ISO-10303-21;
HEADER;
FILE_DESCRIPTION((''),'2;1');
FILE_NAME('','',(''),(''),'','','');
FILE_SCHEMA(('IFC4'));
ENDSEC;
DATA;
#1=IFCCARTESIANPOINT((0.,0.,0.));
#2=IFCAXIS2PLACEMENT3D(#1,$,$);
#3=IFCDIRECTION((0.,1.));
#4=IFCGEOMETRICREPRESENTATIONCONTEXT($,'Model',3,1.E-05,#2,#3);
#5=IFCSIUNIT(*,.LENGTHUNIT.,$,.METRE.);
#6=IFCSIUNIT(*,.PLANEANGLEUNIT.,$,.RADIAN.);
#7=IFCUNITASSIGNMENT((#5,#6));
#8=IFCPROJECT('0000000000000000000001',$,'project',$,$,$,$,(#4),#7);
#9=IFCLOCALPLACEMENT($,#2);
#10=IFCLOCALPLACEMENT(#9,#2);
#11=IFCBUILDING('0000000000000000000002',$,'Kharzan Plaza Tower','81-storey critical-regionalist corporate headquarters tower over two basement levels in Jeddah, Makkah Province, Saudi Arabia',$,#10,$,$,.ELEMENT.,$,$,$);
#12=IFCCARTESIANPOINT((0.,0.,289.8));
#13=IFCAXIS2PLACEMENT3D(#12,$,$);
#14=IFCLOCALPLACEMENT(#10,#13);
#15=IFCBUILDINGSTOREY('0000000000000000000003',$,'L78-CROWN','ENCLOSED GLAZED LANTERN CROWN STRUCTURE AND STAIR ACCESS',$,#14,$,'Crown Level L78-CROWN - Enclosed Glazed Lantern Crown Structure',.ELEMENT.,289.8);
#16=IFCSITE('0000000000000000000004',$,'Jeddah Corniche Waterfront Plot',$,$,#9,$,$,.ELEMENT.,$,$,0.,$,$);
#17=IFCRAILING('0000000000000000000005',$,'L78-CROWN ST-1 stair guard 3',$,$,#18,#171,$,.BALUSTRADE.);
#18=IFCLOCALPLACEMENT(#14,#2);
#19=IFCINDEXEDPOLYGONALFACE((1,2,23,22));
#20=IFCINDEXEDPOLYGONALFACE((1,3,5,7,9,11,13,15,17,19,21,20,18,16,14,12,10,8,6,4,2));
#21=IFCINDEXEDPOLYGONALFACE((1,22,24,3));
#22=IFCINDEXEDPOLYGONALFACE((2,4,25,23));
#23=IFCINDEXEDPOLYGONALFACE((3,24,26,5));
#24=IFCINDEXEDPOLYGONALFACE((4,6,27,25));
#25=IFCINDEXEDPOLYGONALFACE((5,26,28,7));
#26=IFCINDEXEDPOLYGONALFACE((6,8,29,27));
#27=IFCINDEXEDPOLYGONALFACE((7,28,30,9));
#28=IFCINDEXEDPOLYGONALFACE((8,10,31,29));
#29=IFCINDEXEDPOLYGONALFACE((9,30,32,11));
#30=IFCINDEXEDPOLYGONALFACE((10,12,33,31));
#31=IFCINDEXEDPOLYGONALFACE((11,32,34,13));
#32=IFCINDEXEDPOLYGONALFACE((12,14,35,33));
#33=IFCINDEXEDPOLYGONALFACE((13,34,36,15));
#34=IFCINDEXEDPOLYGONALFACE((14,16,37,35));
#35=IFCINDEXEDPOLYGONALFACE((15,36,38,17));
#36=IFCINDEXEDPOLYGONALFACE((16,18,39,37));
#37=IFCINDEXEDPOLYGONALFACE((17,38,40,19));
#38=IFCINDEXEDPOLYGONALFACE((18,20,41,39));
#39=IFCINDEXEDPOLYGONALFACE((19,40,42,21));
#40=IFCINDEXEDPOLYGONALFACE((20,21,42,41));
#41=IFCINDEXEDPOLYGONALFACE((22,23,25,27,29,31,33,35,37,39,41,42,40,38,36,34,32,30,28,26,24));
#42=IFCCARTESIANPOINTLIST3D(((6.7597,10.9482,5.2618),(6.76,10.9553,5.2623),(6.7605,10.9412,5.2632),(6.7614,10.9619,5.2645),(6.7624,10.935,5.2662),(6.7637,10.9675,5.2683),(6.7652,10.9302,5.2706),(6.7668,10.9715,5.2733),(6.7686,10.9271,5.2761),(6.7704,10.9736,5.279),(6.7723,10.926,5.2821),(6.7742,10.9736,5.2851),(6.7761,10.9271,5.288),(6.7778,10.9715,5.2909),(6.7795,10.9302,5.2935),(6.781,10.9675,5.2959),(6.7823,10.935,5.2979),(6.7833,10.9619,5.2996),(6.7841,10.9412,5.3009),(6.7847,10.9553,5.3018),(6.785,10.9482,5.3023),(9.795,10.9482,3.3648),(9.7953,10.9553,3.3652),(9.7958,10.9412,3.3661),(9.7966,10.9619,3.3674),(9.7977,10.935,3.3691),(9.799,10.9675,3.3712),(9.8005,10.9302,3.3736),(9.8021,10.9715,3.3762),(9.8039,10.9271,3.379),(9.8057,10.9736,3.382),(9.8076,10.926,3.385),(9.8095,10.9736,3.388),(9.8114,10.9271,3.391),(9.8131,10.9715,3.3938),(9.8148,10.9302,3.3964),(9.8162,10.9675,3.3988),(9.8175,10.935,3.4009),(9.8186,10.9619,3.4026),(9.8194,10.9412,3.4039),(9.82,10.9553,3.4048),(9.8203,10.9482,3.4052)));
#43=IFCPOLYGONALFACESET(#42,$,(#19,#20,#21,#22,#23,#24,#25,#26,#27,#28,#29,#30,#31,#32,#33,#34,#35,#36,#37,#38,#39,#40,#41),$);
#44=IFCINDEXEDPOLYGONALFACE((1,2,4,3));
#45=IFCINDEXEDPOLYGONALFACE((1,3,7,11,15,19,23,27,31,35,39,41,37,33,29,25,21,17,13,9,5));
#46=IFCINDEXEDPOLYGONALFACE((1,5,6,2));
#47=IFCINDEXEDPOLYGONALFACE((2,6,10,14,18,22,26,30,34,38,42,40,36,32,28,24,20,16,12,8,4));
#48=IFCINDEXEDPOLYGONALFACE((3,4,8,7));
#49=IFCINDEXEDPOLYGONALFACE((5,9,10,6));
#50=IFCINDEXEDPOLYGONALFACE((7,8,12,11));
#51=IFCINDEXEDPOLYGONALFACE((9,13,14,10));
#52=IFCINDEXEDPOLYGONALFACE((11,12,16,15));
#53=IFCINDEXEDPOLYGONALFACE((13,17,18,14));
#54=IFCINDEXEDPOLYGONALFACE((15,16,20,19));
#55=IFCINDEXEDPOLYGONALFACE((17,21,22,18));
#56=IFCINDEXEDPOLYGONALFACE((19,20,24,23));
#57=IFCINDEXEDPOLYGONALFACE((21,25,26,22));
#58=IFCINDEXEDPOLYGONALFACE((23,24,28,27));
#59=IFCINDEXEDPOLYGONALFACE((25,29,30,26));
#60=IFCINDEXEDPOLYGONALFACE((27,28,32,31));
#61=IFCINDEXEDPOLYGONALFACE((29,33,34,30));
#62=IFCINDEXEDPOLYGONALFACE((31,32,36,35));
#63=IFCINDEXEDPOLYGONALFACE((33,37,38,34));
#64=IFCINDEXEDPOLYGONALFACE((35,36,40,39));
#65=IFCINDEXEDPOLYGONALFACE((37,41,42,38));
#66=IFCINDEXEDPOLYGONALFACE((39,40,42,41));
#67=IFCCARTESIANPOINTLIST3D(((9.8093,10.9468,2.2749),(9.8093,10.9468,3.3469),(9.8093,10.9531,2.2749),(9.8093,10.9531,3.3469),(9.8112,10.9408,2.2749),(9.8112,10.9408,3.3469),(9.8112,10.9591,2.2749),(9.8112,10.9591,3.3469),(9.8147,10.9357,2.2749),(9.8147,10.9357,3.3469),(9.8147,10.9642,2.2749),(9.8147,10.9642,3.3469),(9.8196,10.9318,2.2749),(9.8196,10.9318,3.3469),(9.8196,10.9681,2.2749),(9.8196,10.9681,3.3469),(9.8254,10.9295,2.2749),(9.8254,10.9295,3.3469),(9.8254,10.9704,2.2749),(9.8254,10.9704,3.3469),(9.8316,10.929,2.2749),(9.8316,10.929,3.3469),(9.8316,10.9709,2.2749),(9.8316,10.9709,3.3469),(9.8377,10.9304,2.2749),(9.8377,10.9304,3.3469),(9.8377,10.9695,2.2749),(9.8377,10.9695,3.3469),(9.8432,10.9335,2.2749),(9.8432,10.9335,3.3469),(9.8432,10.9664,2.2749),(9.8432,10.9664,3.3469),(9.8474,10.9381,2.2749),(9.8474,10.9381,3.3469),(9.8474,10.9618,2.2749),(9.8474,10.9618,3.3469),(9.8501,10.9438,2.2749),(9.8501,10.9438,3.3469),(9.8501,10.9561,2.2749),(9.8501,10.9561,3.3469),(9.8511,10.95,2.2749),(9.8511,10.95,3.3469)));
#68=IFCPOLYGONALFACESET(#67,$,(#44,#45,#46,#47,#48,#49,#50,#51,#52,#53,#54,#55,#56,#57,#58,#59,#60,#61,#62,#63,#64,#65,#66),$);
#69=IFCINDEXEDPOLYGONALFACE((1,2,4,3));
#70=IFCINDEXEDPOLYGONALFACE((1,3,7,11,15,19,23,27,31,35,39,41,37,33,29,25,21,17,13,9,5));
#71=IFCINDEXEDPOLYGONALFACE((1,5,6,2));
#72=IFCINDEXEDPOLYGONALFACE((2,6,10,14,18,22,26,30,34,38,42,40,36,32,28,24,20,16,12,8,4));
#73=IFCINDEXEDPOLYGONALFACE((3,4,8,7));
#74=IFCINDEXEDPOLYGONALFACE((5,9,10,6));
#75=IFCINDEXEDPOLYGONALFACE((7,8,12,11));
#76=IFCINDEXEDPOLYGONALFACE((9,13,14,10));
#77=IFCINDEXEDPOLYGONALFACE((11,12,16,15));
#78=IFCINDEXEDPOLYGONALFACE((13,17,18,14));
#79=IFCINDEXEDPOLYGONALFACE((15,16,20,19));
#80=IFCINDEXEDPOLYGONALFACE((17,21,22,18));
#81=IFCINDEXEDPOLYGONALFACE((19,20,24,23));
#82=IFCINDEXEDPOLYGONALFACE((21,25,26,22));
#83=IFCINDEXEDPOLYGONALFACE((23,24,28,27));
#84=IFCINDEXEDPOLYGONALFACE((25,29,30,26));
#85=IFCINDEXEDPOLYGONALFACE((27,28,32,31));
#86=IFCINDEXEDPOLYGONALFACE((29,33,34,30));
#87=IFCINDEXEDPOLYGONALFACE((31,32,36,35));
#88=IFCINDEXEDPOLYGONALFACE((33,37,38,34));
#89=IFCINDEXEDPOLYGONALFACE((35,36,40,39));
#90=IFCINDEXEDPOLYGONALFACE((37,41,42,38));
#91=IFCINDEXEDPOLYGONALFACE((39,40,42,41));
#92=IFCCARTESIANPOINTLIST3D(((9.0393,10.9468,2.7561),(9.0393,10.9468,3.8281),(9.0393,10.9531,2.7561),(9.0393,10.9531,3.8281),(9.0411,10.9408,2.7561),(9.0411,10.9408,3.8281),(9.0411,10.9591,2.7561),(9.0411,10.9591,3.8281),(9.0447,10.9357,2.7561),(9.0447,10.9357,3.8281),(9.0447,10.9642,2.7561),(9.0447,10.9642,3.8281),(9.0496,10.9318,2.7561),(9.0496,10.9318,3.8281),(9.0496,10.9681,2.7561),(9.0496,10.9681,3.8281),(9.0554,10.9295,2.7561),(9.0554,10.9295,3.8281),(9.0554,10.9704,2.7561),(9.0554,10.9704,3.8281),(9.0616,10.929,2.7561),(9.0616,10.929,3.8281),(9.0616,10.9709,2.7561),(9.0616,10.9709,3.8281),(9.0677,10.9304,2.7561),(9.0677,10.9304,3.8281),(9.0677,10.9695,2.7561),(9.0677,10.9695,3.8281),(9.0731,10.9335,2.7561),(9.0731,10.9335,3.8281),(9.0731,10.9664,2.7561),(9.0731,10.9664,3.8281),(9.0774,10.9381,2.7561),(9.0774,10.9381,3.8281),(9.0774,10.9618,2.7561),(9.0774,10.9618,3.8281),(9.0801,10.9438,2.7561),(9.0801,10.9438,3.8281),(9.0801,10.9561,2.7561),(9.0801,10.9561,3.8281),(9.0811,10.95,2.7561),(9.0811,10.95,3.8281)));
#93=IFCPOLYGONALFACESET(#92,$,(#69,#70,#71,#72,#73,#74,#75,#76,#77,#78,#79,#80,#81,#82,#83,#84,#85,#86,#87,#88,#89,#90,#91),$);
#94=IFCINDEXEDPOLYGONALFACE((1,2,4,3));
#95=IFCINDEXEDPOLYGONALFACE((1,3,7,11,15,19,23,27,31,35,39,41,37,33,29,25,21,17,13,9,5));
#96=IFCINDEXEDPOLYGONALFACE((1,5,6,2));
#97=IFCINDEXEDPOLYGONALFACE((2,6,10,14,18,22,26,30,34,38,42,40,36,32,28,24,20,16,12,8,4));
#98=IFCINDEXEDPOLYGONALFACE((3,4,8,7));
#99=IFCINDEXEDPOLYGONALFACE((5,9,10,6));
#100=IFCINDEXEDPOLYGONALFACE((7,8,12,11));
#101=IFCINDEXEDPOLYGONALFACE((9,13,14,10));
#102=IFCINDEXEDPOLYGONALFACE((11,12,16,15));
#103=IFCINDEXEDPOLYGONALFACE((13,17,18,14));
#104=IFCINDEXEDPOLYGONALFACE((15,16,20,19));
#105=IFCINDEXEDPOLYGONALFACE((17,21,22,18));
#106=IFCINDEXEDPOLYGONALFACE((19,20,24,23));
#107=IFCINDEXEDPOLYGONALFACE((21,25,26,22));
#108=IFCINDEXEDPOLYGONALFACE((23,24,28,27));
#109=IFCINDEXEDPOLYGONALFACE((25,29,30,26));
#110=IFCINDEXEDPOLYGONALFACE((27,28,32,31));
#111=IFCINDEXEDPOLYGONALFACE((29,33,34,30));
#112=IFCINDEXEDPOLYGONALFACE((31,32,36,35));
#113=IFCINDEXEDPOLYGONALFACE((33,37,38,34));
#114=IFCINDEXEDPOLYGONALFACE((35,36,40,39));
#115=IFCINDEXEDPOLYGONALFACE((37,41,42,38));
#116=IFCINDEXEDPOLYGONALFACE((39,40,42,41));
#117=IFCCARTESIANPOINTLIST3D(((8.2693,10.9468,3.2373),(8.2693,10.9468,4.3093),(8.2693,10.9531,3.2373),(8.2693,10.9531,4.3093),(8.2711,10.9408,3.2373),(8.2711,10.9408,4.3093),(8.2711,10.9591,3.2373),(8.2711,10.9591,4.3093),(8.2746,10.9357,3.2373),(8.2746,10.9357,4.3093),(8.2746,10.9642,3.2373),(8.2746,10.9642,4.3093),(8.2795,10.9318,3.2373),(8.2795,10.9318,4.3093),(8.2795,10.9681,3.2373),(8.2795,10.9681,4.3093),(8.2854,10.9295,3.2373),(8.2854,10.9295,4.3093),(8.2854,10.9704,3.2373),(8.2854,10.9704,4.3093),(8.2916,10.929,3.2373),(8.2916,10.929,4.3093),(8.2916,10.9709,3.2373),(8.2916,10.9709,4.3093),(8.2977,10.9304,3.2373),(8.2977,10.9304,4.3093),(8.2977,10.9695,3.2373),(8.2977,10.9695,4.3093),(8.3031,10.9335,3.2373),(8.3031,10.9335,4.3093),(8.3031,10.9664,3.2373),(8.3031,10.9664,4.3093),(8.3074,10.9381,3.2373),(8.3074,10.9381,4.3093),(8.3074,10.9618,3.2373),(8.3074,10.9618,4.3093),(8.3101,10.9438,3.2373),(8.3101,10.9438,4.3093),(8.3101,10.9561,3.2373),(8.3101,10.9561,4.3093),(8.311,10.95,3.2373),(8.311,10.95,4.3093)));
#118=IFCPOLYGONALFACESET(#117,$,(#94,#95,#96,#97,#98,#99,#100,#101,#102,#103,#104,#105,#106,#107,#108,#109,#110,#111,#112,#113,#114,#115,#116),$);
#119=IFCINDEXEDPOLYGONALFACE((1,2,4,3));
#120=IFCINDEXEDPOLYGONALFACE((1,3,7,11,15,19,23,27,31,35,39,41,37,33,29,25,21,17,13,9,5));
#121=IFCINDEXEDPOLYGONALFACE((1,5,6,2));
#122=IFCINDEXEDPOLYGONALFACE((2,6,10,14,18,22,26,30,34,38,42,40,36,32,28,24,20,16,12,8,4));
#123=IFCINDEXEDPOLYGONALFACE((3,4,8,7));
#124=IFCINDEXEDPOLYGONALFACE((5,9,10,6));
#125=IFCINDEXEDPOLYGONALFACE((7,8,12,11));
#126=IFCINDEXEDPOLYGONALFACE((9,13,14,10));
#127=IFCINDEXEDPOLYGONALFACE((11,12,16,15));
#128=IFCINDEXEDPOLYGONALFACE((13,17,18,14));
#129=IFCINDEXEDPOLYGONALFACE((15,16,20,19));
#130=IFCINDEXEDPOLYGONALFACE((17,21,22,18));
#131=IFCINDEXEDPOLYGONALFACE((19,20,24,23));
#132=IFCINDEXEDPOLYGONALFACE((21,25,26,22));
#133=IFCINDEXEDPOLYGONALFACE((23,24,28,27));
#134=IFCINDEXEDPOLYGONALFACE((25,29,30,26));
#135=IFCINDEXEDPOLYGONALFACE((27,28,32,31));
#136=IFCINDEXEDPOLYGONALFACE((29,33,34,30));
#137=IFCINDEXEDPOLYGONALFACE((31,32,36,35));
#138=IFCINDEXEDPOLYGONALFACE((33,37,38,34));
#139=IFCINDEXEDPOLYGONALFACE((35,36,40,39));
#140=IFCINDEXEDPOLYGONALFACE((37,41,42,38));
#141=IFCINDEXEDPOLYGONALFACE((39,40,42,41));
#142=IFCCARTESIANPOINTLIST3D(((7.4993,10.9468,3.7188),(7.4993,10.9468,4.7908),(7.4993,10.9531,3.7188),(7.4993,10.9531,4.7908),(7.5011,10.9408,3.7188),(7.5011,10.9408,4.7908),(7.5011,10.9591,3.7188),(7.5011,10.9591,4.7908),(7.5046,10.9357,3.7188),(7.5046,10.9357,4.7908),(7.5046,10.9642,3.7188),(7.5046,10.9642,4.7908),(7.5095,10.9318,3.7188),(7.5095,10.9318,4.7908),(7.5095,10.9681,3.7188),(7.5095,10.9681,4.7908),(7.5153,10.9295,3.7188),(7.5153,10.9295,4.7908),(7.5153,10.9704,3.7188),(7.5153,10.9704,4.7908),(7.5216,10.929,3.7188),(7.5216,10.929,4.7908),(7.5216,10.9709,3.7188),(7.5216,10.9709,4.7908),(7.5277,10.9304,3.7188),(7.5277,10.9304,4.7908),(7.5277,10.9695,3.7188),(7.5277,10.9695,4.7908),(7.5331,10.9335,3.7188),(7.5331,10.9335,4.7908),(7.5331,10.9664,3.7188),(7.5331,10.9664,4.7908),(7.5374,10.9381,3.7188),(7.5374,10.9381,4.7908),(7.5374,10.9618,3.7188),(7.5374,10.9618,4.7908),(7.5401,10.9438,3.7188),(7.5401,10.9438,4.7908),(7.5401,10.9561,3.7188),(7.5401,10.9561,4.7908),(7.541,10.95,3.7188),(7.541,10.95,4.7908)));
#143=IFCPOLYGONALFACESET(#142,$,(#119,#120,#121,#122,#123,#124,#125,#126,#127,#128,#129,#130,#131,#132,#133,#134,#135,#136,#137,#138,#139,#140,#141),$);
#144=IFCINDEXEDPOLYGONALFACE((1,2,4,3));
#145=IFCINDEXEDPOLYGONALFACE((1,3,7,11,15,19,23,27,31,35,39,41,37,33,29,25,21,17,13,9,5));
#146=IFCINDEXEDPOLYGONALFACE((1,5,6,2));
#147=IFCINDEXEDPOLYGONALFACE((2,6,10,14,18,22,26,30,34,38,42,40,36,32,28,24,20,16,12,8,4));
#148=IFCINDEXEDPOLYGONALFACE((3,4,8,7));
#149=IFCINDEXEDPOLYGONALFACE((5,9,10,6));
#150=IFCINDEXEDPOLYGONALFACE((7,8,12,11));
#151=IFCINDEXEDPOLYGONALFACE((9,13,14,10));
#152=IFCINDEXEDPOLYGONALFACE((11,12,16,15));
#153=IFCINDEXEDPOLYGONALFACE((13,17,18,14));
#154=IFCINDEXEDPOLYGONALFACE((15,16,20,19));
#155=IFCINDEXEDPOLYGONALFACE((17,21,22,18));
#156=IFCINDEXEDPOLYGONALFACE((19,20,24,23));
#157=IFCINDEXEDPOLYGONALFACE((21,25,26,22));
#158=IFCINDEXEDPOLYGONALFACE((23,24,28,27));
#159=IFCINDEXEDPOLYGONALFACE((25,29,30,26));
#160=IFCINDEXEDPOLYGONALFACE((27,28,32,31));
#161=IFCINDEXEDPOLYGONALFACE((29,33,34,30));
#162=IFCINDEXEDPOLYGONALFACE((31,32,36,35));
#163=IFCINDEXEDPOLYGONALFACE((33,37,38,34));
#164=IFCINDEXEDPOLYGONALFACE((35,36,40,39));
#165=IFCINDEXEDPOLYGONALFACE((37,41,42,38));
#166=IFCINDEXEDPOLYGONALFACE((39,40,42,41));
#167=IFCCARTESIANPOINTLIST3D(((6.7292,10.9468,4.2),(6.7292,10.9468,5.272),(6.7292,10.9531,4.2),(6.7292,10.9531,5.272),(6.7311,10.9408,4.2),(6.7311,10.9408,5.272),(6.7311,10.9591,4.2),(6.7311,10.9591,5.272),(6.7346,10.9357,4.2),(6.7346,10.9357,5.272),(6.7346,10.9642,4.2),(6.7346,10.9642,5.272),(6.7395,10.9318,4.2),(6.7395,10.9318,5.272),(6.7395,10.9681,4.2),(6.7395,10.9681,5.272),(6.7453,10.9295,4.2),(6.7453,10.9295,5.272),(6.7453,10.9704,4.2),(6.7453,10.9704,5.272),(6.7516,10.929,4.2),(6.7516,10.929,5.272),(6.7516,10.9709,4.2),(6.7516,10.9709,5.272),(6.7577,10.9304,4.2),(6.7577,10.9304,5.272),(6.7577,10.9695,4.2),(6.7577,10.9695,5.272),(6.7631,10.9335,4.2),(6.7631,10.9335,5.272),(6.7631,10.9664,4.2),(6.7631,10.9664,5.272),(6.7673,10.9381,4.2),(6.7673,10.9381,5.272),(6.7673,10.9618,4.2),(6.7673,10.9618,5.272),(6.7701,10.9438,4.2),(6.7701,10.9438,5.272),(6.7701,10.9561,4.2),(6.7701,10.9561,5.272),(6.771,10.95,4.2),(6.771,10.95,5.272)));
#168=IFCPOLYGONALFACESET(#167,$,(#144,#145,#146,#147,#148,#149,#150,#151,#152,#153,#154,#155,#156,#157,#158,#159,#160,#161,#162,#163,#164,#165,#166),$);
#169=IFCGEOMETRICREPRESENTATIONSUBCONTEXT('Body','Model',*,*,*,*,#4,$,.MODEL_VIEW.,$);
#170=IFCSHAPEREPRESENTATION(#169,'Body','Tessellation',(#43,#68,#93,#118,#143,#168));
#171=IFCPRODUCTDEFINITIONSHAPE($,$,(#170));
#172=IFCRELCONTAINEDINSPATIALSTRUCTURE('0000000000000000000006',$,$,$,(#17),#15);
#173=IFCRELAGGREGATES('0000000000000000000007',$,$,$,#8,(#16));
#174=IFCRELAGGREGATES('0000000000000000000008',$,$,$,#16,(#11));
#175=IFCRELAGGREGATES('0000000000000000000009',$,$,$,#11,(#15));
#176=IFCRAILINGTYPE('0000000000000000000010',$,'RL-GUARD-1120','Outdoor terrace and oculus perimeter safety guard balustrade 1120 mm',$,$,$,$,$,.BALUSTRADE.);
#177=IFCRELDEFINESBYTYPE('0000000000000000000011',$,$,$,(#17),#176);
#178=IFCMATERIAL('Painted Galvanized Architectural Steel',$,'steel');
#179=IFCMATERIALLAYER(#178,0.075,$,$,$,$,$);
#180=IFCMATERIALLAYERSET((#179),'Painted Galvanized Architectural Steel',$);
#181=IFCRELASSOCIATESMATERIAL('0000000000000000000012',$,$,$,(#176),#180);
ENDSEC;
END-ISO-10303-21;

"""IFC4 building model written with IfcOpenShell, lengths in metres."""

from ifc_helpers import new_model, si_unit, direction, frame, origin, origin_2d, place, context, subcontext, project, spatial, circle, extrude, source, transform, mapped, material, layer, layer_set, type_object, element, save


model = new_model("IFC4")

# Units and contexts
model_context = context("Model", 3, precision=1e-05, world=origin(), true_north=direction((0.0, 1.0)))
body_context = subcontext(model_context, "Body", "Model", "MODEL_VIEW")
ifc_project = project(units=[si_unit("LENGTHUNIT", "METRE"), si_unit("PLANEANGLEUNIT", "RADIAN")], contexts=[model_context])

# Site, building, storey
site_placement = place(None, origin())
site = spatial("IfcSite", under=ifc_project, at=site_placement, Name="Jeddah Corniche Waterfront Plot", CompositionType="ELEMENT", RefElevation=0.0)
building_placement = place(site_placement, origin())
building = spatial("IfcBuilding", under=site, at=building_placement, Name="Kharzan Plaza Tower", Description="81-storey critical-regionalist corporate headquarters tower over two basement levels in Jeddah, Makkah Province, Saudi Arabia", CompositionType="ELEMENT")
storey_placement = place(building_placement, frame((0.0, 0.0, 289.8)))
storey = spatial("IfcBuildingStorey", under=building, at=storey_placement, Name="L78-CROWN", Description="ENCLOSED GLAZED LANTERN CROWN STRUCTURE AND STAIR ACCESS", LongName="Crown Level L78-CROWN - Enclosed Glazed Lantern Crown Structure", CompositionType="ELEMENT", Elevation=289.8)

# Railing
ifc_material_1 = material(Name="Painted Galvanized Architectural Steel", Category="steel")
ifc_layer_1 = layer(ifc_material_1, 0.075)
ifc_layer_set_1 = layer_set([ifc_layer_1], Name="Painted Galvanized Architectural Steel")
railing_type_1 = type_object("IfcRailingType", Name="RL-GUARD-1120", Description="Outdoor terrace and oculus perimeter safety guard balustrade 1120 mm", PredefinedType="BALUSTRADE", material=ifc_layer_set_1)
shared_shape_1 = source(origin(), body_context, "Body", "SweptSolid", [
    extrude(circle(Radius=0.0239, at=origin_2d()), frame((-0.0225, 0.0, 1.1101), z_axis=(-0.847998, 0.0, 0.529999), x_axis=(0.0, -1.0, 0.0)), (0.0, 0.0, 1.0), 3.5793),
    extrude(circle(Radius=0.021, at=origin_2d()), origin(), (0.0, 0.0, 1.0), 1.072),
    extrude(circle(Radius=0.021, at=origin_2d()), frame((-0.77, 0.0, 0.4812)), (0.0, 0.0, 1.0), 1.072),
    extrude(circle(Radius=0.021, at=origin_2d()), frame((-1.54, 0.0, 0.9624)), (0.0, 0.0, 1.0), 1.072),
    extrude(circle(Radius=0.021, at=origin_2d()), frame((-2.3101, 0.0, 1.4438)), (0.0, 0.0, 1.0), 1.072),
    extrude(circle(Radius=0.021, at=origin_2d()), frame((-3.0801, 0.0, 1.925)), (0.0, 0.0, 1.0), 1.072),
])
railing_1_placement = place(storey_placement, frame((9.8301, 10.95, 2.2749)))
element("IfcRailing", 1, at=railing_1_placement, inside=storey, type_object=railing_type_1, Name="L78-CROWN ST-1 stair guard 3", PredefinedType="BALUSTRADE", context=body_context, shape_type="MappedRepresentation", body=[
    mapped(shared_shape_1, transform((0.0, 0.0, 0.0), x_axis=(1.0, 0.0, 0.0), y_axis=(0.0, 1.0, 0.0), z_axis=(0.0, 0.0, 1.0))),
])

save(model, "model.ifc")
